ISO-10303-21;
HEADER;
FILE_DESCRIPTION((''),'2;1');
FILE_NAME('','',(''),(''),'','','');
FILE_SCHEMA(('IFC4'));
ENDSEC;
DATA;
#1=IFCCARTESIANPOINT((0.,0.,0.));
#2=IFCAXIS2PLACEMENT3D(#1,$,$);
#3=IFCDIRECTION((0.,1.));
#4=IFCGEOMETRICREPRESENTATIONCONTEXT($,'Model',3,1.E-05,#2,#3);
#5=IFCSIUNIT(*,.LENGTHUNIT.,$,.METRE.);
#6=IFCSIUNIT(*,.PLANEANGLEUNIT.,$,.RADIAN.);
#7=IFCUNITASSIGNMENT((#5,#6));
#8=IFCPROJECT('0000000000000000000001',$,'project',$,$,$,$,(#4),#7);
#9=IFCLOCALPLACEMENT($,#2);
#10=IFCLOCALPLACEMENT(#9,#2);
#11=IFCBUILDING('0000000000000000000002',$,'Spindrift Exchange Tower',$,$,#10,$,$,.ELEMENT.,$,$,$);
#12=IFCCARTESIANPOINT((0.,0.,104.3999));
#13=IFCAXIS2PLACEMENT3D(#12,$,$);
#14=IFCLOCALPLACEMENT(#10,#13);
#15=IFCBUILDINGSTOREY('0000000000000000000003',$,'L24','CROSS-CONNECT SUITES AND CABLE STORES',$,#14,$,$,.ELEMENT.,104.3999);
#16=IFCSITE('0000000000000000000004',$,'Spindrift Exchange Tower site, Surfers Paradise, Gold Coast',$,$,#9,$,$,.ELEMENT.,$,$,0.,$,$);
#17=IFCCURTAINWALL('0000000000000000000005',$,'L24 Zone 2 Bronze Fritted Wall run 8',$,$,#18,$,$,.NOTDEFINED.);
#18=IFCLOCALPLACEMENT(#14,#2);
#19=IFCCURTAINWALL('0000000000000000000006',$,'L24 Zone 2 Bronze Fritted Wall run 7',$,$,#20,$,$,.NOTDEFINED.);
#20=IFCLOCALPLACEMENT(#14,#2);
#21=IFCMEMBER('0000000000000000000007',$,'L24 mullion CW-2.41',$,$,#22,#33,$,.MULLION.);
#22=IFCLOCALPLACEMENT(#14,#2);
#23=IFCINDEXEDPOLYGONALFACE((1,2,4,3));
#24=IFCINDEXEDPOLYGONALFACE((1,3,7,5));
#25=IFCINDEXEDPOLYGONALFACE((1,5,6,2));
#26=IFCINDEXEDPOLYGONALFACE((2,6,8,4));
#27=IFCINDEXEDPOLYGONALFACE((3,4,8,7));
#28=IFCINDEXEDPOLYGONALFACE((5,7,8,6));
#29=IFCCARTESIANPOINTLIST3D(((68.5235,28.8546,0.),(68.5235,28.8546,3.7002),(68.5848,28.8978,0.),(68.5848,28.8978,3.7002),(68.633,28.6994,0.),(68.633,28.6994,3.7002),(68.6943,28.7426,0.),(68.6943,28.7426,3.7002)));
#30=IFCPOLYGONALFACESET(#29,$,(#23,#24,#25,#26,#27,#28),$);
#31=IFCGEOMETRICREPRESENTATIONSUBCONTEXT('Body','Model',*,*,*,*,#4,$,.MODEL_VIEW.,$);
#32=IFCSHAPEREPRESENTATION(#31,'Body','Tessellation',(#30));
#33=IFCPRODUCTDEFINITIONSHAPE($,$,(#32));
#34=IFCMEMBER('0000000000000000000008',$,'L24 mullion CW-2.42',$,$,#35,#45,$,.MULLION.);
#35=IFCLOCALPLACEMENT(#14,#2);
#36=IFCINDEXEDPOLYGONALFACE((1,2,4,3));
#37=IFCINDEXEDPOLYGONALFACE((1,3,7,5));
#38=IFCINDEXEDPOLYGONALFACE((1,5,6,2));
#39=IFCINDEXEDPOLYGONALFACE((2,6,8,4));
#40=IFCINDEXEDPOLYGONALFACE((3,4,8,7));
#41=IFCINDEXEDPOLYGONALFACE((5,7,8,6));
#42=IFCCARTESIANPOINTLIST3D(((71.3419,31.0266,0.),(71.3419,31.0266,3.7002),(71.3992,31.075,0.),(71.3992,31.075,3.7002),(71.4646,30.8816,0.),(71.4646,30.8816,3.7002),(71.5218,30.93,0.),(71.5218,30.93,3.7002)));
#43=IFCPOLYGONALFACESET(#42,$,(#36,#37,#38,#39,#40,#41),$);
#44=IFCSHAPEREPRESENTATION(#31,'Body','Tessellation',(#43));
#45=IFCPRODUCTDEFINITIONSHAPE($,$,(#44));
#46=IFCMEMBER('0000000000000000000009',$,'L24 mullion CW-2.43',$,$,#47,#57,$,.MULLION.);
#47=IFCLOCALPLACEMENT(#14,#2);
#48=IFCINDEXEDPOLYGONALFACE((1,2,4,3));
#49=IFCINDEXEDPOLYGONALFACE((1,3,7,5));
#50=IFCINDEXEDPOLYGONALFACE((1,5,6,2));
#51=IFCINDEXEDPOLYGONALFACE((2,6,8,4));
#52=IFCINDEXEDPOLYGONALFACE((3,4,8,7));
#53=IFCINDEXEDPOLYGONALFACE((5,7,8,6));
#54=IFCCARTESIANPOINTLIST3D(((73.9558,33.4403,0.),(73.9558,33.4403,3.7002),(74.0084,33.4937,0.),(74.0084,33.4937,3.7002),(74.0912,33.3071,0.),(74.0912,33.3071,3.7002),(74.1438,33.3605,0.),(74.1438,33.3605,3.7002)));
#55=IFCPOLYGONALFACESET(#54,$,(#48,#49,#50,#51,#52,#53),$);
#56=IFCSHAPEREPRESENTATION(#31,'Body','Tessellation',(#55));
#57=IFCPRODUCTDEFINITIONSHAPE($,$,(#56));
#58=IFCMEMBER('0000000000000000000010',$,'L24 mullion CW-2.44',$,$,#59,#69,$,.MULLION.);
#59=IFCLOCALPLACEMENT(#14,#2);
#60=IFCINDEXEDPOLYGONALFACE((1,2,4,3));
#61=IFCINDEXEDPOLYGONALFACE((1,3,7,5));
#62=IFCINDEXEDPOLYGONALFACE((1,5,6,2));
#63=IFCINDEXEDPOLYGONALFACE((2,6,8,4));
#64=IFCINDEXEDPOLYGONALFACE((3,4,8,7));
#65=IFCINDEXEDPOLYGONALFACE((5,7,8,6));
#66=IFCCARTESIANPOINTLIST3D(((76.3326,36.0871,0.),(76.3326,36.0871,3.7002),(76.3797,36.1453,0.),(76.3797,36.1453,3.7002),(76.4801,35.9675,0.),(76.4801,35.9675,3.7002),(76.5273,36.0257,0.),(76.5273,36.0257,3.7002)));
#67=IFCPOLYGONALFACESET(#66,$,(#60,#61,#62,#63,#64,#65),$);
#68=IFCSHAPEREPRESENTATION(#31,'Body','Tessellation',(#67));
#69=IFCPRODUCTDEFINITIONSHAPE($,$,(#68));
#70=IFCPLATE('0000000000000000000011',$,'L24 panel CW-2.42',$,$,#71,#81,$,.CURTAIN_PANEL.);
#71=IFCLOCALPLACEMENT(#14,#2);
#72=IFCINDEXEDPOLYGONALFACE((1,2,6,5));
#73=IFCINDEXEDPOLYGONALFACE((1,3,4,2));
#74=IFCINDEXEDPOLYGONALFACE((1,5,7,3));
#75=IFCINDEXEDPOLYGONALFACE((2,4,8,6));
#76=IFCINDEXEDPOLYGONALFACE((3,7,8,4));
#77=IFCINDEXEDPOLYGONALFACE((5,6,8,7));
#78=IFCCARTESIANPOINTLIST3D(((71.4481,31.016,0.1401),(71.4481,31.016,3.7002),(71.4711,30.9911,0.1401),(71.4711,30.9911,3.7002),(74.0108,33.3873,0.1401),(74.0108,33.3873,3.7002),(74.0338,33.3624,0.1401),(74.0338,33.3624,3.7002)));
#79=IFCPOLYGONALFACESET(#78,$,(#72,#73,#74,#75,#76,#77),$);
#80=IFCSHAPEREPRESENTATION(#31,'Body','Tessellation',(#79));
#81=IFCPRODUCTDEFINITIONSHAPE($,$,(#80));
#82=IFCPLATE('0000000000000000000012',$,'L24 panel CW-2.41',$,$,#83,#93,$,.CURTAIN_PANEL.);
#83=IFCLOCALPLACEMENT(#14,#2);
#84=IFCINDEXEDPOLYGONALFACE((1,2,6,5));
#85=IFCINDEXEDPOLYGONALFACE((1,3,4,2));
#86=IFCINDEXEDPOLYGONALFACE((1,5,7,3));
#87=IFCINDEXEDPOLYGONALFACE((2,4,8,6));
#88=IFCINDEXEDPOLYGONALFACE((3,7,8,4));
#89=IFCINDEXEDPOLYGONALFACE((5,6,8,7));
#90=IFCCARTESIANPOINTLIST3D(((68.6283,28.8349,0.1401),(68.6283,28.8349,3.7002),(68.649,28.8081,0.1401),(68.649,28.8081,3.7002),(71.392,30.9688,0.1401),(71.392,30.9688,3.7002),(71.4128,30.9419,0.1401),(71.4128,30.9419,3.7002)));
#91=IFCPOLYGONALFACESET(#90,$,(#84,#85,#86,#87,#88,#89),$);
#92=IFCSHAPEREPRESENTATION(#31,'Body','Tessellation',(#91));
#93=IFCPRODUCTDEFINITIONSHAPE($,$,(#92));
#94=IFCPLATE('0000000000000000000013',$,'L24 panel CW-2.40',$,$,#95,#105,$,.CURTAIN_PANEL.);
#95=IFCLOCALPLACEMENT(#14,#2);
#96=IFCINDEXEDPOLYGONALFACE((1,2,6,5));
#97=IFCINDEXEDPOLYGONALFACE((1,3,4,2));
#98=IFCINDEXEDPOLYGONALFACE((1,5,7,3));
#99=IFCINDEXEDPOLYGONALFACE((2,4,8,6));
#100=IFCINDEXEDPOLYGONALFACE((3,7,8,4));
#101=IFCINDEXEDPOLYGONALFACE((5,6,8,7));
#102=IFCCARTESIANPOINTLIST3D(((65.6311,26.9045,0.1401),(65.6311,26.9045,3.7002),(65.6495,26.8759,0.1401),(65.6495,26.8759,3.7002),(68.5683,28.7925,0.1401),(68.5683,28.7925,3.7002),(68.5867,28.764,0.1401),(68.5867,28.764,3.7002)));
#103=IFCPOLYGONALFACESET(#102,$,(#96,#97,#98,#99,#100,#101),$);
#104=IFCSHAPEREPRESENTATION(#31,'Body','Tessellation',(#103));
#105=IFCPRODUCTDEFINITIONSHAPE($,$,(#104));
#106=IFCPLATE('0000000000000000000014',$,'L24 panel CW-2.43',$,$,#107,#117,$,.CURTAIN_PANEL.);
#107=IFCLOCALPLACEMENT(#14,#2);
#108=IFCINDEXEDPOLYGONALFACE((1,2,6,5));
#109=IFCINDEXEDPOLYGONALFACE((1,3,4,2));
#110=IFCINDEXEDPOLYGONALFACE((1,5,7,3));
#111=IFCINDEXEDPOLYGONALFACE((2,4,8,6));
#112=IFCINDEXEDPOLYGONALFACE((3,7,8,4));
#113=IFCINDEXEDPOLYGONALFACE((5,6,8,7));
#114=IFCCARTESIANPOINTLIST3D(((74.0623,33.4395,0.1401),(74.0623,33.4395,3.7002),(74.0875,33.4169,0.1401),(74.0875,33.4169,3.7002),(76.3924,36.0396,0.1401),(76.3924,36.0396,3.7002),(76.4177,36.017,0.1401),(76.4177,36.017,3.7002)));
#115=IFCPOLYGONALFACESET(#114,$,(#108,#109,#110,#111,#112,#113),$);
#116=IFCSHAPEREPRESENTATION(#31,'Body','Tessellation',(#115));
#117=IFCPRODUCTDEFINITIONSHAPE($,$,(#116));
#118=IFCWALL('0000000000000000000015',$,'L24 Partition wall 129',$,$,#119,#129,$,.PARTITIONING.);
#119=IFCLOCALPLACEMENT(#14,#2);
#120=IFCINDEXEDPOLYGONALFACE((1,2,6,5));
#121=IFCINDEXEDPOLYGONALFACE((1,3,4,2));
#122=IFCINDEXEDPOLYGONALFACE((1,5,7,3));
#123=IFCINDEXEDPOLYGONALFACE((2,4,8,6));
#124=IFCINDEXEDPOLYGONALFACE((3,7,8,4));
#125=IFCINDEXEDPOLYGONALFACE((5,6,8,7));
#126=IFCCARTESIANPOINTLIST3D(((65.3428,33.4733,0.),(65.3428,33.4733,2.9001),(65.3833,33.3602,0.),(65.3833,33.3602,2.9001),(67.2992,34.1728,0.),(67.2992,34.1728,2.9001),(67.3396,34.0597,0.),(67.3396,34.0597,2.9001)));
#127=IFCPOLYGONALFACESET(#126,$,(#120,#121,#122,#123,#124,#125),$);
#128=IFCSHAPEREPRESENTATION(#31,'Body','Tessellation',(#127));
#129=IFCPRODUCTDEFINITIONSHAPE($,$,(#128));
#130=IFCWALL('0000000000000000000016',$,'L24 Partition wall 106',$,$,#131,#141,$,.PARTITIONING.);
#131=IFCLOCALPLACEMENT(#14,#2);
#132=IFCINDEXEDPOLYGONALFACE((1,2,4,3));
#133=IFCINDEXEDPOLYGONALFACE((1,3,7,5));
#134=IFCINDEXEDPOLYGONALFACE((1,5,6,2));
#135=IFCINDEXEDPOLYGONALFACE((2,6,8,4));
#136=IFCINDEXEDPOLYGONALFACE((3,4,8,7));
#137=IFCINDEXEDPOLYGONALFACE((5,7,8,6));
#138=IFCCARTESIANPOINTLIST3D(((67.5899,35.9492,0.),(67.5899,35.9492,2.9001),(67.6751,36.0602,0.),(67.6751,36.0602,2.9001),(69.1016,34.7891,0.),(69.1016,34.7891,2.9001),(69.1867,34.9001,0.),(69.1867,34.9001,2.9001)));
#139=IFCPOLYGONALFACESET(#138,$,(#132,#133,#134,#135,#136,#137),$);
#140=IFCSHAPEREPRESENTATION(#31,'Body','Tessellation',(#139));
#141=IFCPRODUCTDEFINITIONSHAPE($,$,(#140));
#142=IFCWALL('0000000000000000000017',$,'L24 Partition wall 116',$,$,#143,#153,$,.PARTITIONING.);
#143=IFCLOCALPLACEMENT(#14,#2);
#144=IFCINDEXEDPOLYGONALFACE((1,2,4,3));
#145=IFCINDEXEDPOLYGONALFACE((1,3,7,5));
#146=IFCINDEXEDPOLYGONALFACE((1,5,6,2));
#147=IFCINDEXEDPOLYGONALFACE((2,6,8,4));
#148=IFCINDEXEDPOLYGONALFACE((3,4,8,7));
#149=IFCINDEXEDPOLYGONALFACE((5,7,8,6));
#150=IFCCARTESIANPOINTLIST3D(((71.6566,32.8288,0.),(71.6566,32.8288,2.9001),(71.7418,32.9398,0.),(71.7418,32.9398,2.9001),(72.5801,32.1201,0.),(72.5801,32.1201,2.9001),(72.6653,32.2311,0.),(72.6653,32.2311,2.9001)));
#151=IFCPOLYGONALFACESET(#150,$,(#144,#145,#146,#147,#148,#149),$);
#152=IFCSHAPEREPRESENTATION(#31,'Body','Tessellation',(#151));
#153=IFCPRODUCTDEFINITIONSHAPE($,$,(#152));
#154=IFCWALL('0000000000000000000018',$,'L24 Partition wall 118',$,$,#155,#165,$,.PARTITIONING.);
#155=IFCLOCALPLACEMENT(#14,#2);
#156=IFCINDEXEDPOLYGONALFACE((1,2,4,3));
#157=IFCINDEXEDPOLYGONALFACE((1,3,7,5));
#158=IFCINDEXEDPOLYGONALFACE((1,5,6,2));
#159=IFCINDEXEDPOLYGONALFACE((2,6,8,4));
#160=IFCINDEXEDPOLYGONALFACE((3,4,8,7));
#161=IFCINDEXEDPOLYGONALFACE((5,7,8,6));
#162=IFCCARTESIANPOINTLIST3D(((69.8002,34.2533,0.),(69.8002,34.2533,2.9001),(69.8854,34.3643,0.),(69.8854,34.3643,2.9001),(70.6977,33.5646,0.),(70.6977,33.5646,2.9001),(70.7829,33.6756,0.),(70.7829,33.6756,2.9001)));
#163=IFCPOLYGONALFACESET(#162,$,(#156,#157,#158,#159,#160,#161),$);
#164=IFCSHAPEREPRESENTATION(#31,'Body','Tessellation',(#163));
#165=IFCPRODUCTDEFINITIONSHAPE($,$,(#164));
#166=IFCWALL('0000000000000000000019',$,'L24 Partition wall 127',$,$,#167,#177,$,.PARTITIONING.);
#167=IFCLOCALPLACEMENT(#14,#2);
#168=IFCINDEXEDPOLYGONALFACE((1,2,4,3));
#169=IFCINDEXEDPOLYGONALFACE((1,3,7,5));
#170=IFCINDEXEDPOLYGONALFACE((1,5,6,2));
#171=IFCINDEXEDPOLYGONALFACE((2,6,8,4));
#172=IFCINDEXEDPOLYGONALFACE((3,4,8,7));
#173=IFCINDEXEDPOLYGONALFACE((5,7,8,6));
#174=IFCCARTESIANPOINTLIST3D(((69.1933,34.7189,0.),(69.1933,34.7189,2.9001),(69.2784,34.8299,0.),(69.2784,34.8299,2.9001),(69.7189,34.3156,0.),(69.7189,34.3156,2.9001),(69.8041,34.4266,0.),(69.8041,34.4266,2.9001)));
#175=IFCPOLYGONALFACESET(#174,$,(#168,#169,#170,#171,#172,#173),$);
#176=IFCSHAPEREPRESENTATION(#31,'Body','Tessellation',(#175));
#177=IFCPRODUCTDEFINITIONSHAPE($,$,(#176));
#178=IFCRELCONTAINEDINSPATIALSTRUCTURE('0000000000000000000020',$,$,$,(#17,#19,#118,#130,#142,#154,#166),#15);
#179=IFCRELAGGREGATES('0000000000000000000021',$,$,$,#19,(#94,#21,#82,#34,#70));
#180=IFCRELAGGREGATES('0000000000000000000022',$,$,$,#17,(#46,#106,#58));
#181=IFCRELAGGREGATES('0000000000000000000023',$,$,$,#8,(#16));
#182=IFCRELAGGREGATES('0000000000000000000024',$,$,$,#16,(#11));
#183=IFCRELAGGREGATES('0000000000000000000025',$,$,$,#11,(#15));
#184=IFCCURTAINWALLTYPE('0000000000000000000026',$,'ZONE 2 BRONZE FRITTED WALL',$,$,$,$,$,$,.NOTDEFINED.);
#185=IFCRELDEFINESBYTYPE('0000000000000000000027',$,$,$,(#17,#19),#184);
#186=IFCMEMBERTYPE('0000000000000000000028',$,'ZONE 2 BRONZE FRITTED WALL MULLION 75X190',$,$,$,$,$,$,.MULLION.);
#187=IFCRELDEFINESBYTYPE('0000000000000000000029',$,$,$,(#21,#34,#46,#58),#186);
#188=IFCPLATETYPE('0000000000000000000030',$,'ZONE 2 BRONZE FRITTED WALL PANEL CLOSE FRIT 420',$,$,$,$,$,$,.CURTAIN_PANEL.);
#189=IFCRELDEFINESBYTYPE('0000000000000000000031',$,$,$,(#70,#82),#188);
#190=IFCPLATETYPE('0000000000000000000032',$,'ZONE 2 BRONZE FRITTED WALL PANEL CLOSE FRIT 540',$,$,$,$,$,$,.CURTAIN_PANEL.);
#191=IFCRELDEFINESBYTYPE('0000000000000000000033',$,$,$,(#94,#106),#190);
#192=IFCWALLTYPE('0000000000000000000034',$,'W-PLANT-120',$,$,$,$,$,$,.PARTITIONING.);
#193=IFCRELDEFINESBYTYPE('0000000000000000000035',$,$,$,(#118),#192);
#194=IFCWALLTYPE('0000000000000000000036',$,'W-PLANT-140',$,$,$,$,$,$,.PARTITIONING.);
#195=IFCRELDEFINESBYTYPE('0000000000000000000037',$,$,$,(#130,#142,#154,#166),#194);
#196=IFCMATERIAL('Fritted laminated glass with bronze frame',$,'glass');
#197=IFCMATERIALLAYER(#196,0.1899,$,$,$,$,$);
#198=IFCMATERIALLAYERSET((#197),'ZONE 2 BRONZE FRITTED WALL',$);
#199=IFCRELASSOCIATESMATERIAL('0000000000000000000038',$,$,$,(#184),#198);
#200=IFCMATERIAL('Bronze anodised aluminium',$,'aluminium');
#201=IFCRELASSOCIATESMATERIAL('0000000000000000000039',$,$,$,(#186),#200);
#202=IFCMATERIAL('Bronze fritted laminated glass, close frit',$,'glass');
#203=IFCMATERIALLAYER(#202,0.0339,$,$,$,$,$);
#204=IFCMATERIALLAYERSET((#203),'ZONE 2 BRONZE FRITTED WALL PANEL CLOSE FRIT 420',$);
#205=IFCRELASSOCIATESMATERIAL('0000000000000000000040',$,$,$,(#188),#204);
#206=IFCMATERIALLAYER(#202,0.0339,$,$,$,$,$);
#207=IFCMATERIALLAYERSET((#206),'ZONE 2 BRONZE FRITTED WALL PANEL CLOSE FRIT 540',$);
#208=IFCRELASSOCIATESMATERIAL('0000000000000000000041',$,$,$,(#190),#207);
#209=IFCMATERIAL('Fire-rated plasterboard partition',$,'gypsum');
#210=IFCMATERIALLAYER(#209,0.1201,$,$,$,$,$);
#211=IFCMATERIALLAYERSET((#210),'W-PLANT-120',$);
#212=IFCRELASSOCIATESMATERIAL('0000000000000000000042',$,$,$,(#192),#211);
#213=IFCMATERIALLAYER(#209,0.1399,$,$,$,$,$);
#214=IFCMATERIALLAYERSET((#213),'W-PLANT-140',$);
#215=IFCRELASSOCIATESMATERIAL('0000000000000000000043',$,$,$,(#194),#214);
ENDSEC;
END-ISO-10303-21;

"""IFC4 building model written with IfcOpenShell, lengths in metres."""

from ifc_helpers import new_model, si_unit, direction, frame, frame_2d, origin, origin_2d, place, context, subcontext, project, spatial, rectangle, extrude, source, transform, mapped, material, layer, layer_set, material_profile, profile_set, type_object, element, aggregate, save


model = new_model("IFC4")

# Units and contexts
model_context = context("Model", 3, precision=1e-05, world=origin(), true_north=direction((0.0, 1.0)))
body_context = subcontext(model_context, "Body", "Model", "MODEL_VIEW")
ifc_project = project(units=[si_unit("LENGTHUNIT", "METRE"), si_unit("PLANEANGLEUNIT", "RADIAN")], contexts=[model_context])

# Site, building, storey
site_placement = place(None, origin())
site = spatial("IfcSite", under=ifc_project, at=site_placement, Name="Spindrift Exchange Tower site, Surfers Paradise, Gold Coast", CompositionType="ELEMENT", RefElevation=0.0)
building_placement = place(site_placement, origin())
building = spatial("IfcBuilding", under=site, at=building_placement, Name="Spindrift Exchange Tower", CompositionType="ELEMENT")
storey_placement = place(building_placement, frame((0.0, 0.0, 104.3999)))
storey = spatial("IfcBuildingStorey", under=building, at=storey_placement, Name="L24", Description="CROSS-CONNECT SUITES AND CABLE STORES", CompositionType="ELEMENT", Elevation=104.3999)

# Curtain wall
ifc_material_1 = material(Name="Fritted laminated glass with bronze frame", Category="glass")
ifc_layer_1 = layer(ifc_material_1, 0.1899)
ifc_layer_set_1 = layer_set([ifc_layer_1], Name="ZONE 2 BRONZE FRITTED WALL")
curtain_wall_type = type_object("IfcCurtainWallType", Name="ZONE 2 BRONZE FRITTED WALL", PredefinedType="NOTDEFINED", material=ifc_layer_set_1)
curtain_wall_1_placement = place(storey_placement, origin())
curtain_wall_1 = element("IfcCurtainWall", 1, at=curtain_wall_1_placement, inside=storey, type_object=curtain_wall_type, Name="L24 Zone 2 Bronze Fritted Wall run 8", PredefinedType="NOTDEFINED")
ifc_material_2 = material(Name="Bronze anodised aluminium", Category="aluminium")

# Curtain wall
curtain_wall_2_placement = place(storey_placement, origin())
curtain_wall_2 = element("IfcCurtainWall", 2, at=curtain_wall_2_placement, inside=storey, type_object=curtain_wall_type, Name="L24 Zone 2 Bronze Fritted Wall run 7", PredefinedType="NOTDEFINED")

# Members
ifc_material_profile_1 = material_profile(ifc_material_2, rectangle(XDim=0.075, YDim=0.1899, at=origin_2d()), Name="ZONE 2 BRONZE FRITTED WALL MULLION 75X190")
ifc_profile_set_1 = profile_set([ifc_material_profile_1], Name="Bronze anodised aluminium")
member_type_1 = type_object("IfcMemberType", Name="ZONE 2 BRONZE FRITTED WALL MULLION 75X190", PredefinedType="MULLION", material=ifc_profile_set_1)
shared_shape_1 = source(origin(), body_context, "Body", "SweptSolid", [
    extrude(rectangle(XDim=0.075, YDim=0.1899, at=origin_2d()), origin(), (0.0, 0.0, 1.0), 3.7002),
])
member_1_placement = place(storey_placement, frame((68.6089, 28.7986, 0.0), z_axis=(0.0, 0.0, 1.0), x_axis=(0.817122, 0.576465, 0.0)))
member_1 = element("IfcMember", 3, at=member_1_placement, type_object=member_type_1, Name="L24 mullion CW-2.41", PredefinedType="MULLION", context=body_context, shape_type="MappedRepresentation", body=[
    mapped(shared_shape_1, transform((0.0, 0.0, 0.0), scale=1.0)),
])
member_2_placement = place(storey_placement, frame((71.4319, 30.9783, 0.0), z_axis=(0.0, 0.0, 1.0), x_axis=(0.76352, 0.645784, 0.0)))
member_2 = element("IfcMember", 4, at=member_2_placement, type_object=member_type_1, Name="L24 mullion CW-2.42", PredefinedType="MULLION", context=body_context, shape_type="MappedRepresentation", body=[
    mapped(shared_shape_1, transform((0.0, 0.0, 0.0), scale=1.0)),
])
member_3_placement = place(storey_placement, frame((74.0498, 33.4004, 0.0), z_axis=(0.0, 0.0, 1.0), x_axis=(0.701463, 0.712706, 0.0)))
member_3 = element("IfcMember", 5, at=member_3_placement, type_object=member_type_1, Name="L24 mullion CW-2.43", PredefinedType="MULLION", context=body_context, shape_type="MappedRepresentation", body=[
    mapped(shared_shape_1, transform((0.0, 0.0, 0.0), scale=1.0)),
])
member_4_placement = place(storey_placement, frame((76.4299, 36.0564, 0.0), z_axis=(0.0, 0.0, 1.0), x_axis=(0.629557, 0.776954, 0.0)))
member_4 = element("IfcMember", 6, at=member_4_placement, type_object=member_type_1, Name="L24 mullion CW-2.44", PredefinedType="MULLION", context=body_context, shape_type="MappedRepresentation", body=[
    mapped(shared_shape_1, transform((0.0, 0.0, 0.0), scale=1.0)),
])

# Plates
ifc_material_3 = material(Name="Bronze fritted laminated glass, close frit", Category="glass")
ifc_layer_2 = layer(ifc_material_3, 0.0339)
ifc_layer_set_2 = layer_set([ifc_layer_2], Name="ZONE 2 BRONZE FRITTED WALL PANEL CLOSE FRIT 420")
plate_type_1 = type_object("IfcPlateType", Name="ZONE 2 BRONZE FRITTED WALL PANEL CLOSE FRIT 420", PredefinedType="CURTAIN_PANEL", material=ifc_layer_set_2)
shared_shape_2 = source(origin(), body_context, "Body", "SweptSolid", [
    extrude(rectangle(XDim=3.4915, YDim=0.0339, at=origin_2d()), origin(), (0.0, 0.0, 1.0), 3.5601),
])
plate_1_placement = place(storey_placement, frame((72.741, 32.1892, 0.1401), z_axis=(0.0, 0.0, 1.0), x_axis=(0.733997, 0.679153, 0.0)))
plate_1 = element("IfcPlate", 7, at=plate_1_placement, type_object=plate_type_1, Name="L24 panel CW-2.42", PredefinedType="CURTAIN_PANEL", context=body_context, shape_type="MappedRepresentation", body=[
    mapped(shared_shape_2, transform((0.0, 0.0, 0.0), scale=1.0)),
])
shared_shape_3 = source(origin(), body_context, "Body", "SweptSolid", [
    extrude(rectangle(XDim=3.4917, YDim=0.0339, at=origin_2d()), origin(), (0.0, 0.0, 1.0), 3.5601),
])
plate_2_placement = place(storey_placement, frame((70.0205, 29.8884, 0.1401), z_axis=(0.0, 0.0, 1.0), x_axis=(0.791528, 0.611133, 0.0)))
plate_2 = element("IfcPlate", 8, at=plate_2_placement, type_object=plate_type_1, Name="L24 panel CW-2.41", PredefinedType="CURTAIN_PANEL", context=body_context, shape_type="MappedRepresentation", body=[
    mapped(shared_shape_3, transform((0.0, 0.0, 0.0), scale=1.0)),
])
ifc_layer_3 = layer(ifc_material_3, 0.0339)
ifc_layer_set_3 = layer_set([ifc_layer_3], Name="ZONE 2 BRONZE FRITTED WALL PANEL CLOSE FRIT 540")
plate_type_2 = type_object("IfcPlateType", Name="ZONE 2 BRONZE FRITTED WALL PANEL CLOSE FRIT 540", PredefinedType="CURTAIN_PANEL", material=ifc_layer_set_3)
shared_shape_4 = source(origin(), body_context, "Body", "SweptSolid", [
    extrude(rectangle(XDim=3.4917, YDim=0.0339, at=origin_2d()), origin(), (0.0, 0.0, 1.0), 3.5601),
])
plate_3_placement = place(storey_placement, frame((67.1089, 27.8342, 0.1401), z_axis=(0.0, 0.0, 1.0), x_axis=(0.841199, 0.540725, 0.0)))
plate_3 = element("IfcPlate", 9, at=plate_3_placement, type_object=plate_type_2, Name="L24 panel CW-2.40", PredefinedType="CURTAIN_PANEL", context=body_context, shape_type="MappedRepresentation", body=[
    mapped(shared_shape_4, transform((0.0, 0.0, 0.0), scale=1.0)),
])
aggregate(curtain_wall_2, [plate_3, member_1, plate_2, member_2, plate_1])
shared_shape_5 = source(origin(), body_context, "Body", "SweptSolid", [
    extrude(rectangle(XDim=3.4915, YDim=0.0339, at=origin_2d()), origin(), (0.0, 0.0, 1.0), 3.5601),
])
plate_4_placement = place(storey_placement, frame((75.24, 34.7283, 0.1401), z_axis=(0.0, 0.0, 1.0), x_axis=(0.667397, 0.744702, 0.0)))
plate_4 = element("IfcPlate", 10, at=plate_4_placement, type_object=plate_type_2, Name="L24 panel CW-2.43", PredefinedType="CURTAIN_PANEL", context=body_context, shape_type="MappedRepresentation", body=[
    mapped(shared_shape_5, transform((0.0, 0.0, 0.0), scale=1.0)),
])
aggregate(curtain_wall_1, [member_3, plate_4, member_4])

# Walls
ifc_material_4 = material(Name="Fire-rated plasterboard partition", Category="gypsum")
ifc_layer_4 = layer(ifc_material_4, 0.1201)
ifc_layer_set_4 = layer_set([ifc_layer_4], Name="W-PLANT-120")
wall_type_1 = type_object("IfcWallType", Name="W-PLANT-120", PredefinedType="PARTITIONING", material=ifc_layer_set_4)
wall_1_placement = place(storey_placement, frame((65.363, 33.4167, 0.0), z_axis=(0.0, 0.0, 1.0), x_axis=(0.941622, 0.336671, 0.0)))
element("IfcWall", 11, at=wall_1_placement, inside=storey, type_object=wall_type_1, Name="L24 Partition wall 129", PredefinedType="PARTITIONING", context=body_context, shape_type="SweptSolid", body=[
    extrude(rectangle(XDim=2.0776, YDim=0.1201, at=frame_2d((1.0388, 0.0))), origin(), (0.0, 0.0, 1.0), 2.9001),
])
ifc_layer_5 = layer(ifc_material_4, 0.1399)
ifc_layer_set_5 = layer_set([ifc_layer_5], Name="W-PLANT-140")
wall_type_2 = type_object("IfcWallType", Name="W-PLANT-140", PredefinedType="PARTITIONING", material=ifc_layer_set_5)
wall_2_placement = place(storey_placement, frame((67.6326, 36.0046, 0.0), z_axis=(0.0, 0.0, 1.0), x_axis=(0.793309, -0.608819, 0.0)))
element("IfcWall", 12, at=wall_2_placement, inside=storey, type_object=wall_type_2, Name="L24 Partition wall 106", PredefinedType="PARTITIONING", context=body_context, shape_type="SweptSolid", body=[
    extrude(rectangle(XDim=1.9055, YDim=0.1399, at=frame_2d((0.9526, 0.0))), origin(), (0.0, 0.0, 1.0), 2.9001),
])
wall_3_placement = place(storey_placement, frame((71.6992, 32.8843, 0.0), z_axis=(0.0, 0.0, 1.0), x_axis=(0.793333, -0.608788, 0.0)))
element("IfcWall", 13, at=wall_3_placement, inside=storey, type_object=wall_type_2, Name="L24 Partition wall 116", PredefinedType="PARTITIONING", context=body_context, shape_type="SweptSolid", body=[
    extrude(rectangle(XDim=1.1641, YDim=0.1399, at=frame_2d((0.582, 0.0))), origin(), (0.0, 0.0, 1.0), 2.9001),
])
wall_4_placement = place(storey_placement, frame((69.8428, 34.3088, 0.0), z_axis=(0.0, 0.0, 1.0), x_axis=(0.793321, -0.608803, 0.0)))
element("IfcWall", 14, at=wall_4_placement, inside=storey, type_object=wall_type_2, Name="L24 Partition wall 118", PredefinedType="PARTITIONING", context=body_context, shape_type="SweptSolid", body=[
    extrude(rectangle(XDim=1.1313, YDim=0.1399, at=frame_2d((0.5657, 0.0))), origin(), (0.0, 0.0, 1.0), 2.9001),
])
wall_5_placement = place(storey_placement, frame((69.2358, 34.7744, 0.0), z_axis=(0.0, 0.0, 1.0), x_axis=(0.793363, -0.608749, 0.0)))
element("IfcWall", 15, at=wall_5_placement, inside=storey, type_object=wall_type_2, Name="L24 Partition wall 127", PredefinedType="PARTITIONING", context=body_context, shape_type="SweptSolid", body=[
    extrude(rectangle(XDim=0.6626, YDim=0.1399, at=frame_2d((0.3313, 0.0))), origin(), (0.0, 0.0, 1.0), 2.9001),
])

save(model, "model.ifc")
